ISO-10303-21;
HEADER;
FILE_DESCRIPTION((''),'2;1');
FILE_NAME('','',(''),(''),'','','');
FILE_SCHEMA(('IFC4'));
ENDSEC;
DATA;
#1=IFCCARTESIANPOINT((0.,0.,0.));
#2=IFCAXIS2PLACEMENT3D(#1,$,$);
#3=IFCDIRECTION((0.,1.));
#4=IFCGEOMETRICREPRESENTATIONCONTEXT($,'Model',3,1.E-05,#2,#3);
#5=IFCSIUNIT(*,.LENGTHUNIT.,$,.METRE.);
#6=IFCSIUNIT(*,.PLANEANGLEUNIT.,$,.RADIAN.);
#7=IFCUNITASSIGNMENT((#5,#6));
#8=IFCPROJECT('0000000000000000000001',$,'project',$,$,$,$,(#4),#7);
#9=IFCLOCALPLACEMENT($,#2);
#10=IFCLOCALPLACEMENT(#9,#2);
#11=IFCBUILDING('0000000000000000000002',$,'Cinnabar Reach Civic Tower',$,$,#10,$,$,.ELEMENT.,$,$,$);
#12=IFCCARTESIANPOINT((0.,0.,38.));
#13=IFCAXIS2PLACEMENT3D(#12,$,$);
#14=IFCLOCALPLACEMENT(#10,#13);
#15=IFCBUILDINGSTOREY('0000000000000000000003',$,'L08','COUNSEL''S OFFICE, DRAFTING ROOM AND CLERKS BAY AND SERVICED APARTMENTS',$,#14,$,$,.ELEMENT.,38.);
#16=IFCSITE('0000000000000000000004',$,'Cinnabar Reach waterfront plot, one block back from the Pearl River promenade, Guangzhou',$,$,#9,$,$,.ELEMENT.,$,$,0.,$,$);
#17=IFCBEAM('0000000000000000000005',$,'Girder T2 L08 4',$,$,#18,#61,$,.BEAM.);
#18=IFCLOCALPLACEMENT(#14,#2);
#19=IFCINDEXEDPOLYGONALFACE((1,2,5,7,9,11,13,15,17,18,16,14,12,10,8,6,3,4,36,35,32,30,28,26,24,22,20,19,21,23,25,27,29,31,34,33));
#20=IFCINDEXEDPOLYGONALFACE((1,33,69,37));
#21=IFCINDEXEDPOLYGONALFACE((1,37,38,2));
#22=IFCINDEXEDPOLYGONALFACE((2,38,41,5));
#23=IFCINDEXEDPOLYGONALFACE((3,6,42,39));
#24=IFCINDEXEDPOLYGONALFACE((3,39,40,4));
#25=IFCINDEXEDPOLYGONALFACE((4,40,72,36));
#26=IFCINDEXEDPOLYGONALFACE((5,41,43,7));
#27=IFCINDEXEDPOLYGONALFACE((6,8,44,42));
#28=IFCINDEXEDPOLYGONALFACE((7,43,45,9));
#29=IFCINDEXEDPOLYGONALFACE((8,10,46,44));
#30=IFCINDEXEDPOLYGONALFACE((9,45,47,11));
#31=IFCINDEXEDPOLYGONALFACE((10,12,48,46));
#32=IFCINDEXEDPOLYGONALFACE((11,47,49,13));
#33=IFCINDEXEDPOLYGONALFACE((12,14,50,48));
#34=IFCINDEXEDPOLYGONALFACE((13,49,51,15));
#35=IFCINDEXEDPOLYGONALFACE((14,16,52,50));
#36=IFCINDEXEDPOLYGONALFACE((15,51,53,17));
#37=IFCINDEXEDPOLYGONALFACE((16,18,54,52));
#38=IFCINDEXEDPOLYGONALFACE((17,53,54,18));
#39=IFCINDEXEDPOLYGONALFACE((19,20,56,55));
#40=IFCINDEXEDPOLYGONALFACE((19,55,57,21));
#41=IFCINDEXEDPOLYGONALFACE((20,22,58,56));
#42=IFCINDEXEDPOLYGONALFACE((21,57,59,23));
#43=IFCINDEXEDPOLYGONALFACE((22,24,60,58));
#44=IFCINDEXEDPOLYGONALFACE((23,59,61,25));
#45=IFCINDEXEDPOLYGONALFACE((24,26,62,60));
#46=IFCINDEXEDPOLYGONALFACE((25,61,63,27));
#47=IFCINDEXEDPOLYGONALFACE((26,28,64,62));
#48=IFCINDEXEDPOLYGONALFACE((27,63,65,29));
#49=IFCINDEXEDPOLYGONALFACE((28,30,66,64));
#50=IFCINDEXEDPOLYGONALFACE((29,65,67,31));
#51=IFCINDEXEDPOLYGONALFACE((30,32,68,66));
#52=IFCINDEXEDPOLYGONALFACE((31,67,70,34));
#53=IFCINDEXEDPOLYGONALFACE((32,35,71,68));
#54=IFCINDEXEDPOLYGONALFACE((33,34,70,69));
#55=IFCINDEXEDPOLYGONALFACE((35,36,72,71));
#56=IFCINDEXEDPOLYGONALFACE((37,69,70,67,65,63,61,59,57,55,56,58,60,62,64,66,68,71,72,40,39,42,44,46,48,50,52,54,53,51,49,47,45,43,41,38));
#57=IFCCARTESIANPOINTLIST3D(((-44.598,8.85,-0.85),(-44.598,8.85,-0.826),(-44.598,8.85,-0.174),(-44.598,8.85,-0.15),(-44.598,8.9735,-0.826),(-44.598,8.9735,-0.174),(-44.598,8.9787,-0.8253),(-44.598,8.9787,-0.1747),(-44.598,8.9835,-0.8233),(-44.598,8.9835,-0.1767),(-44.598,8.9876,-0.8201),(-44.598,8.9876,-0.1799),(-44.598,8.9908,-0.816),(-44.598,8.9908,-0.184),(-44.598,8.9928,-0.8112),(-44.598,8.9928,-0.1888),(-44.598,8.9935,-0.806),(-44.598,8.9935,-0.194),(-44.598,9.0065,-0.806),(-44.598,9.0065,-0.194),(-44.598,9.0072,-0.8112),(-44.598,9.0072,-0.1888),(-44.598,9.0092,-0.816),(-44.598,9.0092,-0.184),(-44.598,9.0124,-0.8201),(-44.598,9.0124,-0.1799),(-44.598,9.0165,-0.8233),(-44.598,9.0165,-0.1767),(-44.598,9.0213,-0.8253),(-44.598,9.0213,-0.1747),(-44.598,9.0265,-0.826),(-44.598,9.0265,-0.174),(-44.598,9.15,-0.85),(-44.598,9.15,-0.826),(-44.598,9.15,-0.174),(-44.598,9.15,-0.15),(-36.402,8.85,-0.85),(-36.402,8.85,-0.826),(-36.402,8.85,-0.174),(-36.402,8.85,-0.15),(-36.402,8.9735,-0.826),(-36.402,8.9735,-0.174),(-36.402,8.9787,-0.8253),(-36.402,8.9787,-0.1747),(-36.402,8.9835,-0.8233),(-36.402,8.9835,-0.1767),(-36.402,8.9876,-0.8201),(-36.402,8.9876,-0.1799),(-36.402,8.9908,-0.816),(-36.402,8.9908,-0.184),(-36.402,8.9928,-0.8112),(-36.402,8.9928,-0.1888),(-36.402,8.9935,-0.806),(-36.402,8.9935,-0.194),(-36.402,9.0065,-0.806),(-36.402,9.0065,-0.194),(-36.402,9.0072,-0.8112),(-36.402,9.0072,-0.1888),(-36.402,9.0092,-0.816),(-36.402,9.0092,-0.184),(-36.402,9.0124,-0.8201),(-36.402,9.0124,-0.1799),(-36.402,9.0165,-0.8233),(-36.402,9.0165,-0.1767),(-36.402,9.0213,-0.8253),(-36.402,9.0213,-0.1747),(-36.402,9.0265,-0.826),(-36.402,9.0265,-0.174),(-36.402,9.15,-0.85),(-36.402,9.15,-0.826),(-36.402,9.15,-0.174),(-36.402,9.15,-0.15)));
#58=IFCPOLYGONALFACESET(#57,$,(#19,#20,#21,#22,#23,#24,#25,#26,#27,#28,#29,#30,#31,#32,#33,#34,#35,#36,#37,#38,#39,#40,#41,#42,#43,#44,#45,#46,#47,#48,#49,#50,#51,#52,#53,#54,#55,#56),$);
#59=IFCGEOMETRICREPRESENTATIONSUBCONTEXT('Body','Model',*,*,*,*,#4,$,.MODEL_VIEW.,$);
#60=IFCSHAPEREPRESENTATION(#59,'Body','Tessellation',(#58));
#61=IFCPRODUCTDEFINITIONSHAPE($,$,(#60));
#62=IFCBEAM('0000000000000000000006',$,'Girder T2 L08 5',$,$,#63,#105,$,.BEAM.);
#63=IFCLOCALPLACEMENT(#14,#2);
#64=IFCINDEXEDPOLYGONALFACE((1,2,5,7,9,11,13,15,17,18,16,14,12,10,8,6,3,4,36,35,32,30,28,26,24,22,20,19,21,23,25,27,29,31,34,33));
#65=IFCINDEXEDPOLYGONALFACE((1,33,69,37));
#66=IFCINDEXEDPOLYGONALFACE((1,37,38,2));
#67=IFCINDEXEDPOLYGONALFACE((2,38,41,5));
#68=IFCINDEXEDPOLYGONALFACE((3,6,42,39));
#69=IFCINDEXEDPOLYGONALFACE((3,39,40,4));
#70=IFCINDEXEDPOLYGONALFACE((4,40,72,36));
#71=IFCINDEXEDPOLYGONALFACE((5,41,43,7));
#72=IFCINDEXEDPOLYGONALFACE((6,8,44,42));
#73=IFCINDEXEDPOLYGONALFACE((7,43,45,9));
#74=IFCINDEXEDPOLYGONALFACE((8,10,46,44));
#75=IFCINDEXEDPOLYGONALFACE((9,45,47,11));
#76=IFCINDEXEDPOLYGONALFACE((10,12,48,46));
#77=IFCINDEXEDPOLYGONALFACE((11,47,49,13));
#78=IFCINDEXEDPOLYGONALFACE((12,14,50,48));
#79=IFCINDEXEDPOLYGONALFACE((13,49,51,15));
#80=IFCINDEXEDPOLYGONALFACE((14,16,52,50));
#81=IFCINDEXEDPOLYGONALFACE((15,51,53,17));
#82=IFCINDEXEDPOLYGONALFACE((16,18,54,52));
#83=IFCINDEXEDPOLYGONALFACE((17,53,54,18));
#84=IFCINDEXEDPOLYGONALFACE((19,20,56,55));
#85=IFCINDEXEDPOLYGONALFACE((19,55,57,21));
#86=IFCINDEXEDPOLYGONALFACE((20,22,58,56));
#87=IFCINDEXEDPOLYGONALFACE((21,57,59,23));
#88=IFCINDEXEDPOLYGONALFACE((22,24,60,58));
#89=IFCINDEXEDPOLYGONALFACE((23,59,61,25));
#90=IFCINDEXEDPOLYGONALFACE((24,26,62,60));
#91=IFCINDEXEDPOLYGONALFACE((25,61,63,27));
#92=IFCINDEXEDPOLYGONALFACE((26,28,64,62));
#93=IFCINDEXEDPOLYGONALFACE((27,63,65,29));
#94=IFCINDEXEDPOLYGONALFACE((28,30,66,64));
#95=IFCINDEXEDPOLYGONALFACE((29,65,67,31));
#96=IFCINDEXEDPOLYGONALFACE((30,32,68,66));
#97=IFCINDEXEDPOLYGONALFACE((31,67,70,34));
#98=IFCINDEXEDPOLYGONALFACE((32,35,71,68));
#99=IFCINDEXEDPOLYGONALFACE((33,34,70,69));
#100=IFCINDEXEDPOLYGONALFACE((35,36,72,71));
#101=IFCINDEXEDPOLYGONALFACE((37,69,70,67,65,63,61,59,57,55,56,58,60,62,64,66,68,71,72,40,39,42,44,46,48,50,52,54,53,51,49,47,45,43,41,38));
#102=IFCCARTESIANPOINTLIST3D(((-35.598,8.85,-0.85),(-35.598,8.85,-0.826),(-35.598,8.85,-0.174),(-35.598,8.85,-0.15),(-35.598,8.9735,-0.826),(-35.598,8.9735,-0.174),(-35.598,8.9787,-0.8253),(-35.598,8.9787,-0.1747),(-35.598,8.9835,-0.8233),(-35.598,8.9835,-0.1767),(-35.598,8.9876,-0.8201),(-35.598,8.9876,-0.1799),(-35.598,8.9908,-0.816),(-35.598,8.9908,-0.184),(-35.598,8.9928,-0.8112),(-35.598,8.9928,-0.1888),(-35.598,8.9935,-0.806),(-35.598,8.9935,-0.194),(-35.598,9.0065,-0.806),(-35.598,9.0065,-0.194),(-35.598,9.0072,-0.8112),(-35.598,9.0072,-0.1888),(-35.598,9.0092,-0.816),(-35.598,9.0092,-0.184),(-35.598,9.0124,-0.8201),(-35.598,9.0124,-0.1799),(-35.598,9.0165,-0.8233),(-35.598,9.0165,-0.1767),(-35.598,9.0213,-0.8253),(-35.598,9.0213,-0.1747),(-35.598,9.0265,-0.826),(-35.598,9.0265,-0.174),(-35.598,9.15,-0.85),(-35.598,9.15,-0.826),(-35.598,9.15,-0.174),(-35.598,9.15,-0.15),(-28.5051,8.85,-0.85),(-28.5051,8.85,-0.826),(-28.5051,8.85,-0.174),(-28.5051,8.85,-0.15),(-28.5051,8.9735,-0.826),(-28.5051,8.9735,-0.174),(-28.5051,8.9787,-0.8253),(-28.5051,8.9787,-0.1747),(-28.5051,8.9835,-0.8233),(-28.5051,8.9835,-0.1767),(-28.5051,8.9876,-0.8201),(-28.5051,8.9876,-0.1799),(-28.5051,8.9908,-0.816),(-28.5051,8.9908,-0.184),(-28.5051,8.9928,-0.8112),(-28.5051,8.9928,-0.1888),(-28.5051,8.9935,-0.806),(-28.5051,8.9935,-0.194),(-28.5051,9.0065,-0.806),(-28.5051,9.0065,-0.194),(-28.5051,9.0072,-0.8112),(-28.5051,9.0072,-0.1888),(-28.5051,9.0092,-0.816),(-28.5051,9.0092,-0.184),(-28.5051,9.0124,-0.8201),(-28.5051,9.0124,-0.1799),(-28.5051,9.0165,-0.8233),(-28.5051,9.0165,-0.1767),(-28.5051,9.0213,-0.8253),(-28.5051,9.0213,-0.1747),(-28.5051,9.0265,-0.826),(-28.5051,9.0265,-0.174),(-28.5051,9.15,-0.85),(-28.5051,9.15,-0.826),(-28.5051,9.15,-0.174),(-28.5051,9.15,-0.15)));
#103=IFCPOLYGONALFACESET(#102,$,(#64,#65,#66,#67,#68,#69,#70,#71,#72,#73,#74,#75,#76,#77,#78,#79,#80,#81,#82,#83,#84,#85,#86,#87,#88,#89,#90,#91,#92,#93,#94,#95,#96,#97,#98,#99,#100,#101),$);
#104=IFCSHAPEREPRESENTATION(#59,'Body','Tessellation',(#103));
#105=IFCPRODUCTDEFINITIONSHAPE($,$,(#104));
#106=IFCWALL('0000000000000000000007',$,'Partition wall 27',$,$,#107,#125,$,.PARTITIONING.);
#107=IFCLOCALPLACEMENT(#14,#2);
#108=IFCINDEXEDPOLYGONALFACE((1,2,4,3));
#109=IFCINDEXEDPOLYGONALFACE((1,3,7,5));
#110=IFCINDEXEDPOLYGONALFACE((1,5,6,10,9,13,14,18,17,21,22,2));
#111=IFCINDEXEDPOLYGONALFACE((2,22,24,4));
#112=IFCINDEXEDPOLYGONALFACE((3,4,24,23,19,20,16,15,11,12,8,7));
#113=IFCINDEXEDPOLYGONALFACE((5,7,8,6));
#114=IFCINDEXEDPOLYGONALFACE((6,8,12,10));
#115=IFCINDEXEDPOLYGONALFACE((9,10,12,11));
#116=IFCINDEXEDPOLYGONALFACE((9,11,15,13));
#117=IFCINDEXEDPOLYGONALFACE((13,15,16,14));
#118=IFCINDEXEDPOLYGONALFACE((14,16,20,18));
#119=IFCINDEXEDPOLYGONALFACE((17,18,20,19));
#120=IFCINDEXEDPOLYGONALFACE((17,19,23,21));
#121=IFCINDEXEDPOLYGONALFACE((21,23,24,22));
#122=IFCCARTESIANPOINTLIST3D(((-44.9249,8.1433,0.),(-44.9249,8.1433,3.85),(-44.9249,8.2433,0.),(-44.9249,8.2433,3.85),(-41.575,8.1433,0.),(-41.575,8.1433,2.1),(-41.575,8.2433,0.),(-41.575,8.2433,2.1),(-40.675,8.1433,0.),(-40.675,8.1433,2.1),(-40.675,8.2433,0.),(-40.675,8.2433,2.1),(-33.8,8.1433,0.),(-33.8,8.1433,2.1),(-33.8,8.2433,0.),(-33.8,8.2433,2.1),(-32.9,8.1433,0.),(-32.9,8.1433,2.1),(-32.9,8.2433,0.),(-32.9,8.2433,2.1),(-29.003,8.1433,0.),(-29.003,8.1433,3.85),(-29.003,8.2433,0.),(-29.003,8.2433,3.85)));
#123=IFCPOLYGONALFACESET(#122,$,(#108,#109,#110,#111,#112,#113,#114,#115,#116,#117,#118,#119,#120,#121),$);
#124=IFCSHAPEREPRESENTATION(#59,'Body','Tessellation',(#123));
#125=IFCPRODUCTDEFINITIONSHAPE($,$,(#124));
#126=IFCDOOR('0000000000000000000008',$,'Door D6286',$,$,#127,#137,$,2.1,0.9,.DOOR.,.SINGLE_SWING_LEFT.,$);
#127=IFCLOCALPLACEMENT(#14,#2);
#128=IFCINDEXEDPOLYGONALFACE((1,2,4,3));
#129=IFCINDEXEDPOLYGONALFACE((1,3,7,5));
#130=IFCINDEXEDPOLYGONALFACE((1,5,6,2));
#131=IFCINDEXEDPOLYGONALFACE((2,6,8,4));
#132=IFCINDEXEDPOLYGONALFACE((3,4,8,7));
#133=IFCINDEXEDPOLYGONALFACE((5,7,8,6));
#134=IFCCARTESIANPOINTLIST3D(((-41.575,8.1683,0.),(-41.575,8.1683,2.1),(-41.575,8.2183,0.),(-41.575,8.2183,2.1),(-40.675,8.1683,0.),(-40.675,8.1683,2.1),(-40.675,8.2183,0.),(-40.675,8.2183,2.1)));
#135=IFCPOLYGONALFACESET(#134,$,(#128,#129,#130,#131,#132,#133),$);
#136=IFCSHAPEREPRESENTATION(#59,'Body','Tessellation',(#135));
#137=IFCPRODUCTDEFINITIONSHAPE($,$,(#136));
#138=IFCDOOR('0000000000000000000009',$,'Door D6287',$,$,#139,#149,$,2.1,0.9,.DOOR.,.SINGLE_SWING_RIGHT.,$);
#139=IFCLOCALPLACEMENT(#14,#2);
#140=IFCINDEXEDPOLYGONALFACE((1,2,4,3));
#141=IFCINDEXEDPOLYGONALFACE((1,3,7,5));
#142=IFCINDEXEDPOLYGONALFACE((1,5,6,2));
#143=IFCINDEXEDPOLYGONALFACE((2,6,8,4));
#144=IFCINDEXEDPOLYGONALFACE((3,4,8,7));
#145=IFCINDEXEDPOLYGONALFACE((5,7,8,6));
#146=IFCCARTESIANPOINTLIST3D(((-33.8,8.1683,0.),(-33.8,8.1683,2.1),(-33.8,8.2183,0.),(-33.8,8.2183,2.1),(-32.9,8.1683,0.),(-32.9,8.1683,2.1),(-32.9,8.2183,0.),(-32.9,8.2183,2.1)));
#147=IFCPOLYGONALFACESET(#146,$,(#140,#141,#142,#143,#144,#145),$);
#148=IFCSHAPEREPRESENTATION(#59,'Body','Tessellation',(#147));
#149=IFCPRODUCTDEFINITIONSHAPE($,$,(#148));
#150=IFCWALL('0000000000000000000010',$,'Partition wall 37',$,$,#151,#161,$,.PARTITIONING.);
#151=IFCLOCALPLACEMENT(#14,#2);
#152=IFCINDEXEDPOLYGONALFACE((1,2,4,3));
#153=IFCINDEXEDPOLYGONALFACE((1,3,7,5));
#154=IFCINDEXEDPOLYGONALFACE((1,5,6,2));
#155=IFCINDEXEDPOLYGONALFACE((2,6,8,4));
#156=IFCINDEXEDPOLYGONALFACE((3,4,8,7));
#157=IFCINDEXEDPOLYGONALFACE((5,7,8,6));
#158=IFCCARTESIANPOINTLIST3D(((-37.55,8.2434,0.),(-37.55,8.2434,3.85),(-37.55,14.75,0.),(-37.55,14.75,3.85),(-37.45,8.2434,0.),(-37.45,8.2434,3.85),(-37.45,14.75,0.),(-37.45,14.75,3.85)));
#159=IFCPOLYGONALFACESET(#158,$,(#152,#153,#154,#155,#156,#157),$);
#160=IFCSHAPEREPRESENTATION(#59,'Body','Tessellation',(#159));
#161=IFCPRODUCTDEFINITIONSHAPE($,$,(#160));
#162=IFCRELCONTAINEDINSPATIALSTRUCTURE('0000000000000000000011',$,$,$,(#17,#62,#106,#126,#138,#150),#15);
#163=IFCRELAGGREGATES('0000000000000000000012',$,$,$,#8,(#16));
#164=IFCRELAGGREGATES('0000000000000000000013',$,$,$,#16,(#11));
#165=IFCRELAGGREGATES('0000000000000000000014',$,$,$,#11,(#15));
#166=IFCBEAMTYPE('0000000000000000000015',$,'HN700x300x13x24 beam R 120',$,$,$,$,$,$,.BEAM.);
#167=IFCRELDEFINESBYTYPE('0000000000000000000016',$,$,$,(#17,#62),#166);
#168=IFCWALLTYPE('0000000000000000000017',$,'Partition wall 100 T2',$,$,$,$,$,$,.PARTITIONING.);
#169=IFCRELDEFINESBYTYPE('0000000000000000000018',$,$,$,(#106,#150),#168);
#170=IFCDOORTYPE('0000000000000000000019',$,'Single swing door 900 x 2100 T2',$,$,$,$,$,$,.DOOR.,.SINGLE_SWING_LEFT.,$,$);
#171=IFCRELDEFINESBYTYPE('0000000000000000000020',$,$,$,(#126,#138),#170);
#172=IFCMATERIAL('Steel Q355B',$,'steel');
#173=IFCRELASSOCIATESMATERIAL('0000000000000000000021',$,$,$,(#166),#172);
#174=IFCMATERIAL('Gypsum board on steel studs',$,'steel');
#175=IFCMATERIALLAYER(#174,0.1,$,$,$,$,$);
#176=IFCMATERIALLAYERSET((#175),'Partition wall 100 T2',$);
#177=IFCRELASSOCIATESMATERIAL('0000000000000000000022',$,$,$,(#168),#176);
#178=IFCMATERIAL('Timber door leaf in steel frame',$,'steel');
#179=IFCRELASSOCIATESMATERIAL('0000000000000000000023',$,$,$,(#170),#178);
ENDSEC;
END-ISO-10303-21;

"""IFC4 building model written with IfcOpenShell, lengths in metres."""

from ifc_helpers import new_model, si_unit, direction, frame, frame_2d, origin, origin_2d, place, context, subcontext, project, spatial, rectangle, i_section, extrude, material, layer, layer_set, material_profile, profile_set, type_object, element, fill, save


model = new_model("IFC4")

# Units and contexts
model_context = context("Model", 3, precision=1e-05, world=origin(), true_north=direction((0.0, 1.0)))
body_context = subcontext(model_context, "Body", "Model", "MODEL_VIEW")
ifc_project = project(units=[si_unit("LENGTHUNIT", "METRE"), si_unit("PLANEANGLEUNIT", "RADIAN")], contexts=[model_context])

# Site, building, storey
site_placement = place(None, origin())
site = spatial("IfcSite", under=ifc_project, at=site_placement, Name="Cinnabar Reach waterfront plot, one block back from the Pearl River promenade, Guangzhou", CompositionType="ELEMENT", RefElevation=0.0)
building_placement = place(site_placement, origin())
building = spatial("IfcBuilding", under=site, at=building_placement, Name="Cinnabar Reach Civic Tower", CompositionType="ELEMENT")
storey_placement = place(building_placement, frame((0.0, 0.0, 38.0)))
storey = spatial("IfcBuildingStorey", under=building, at=storey_placement, Name="L08", Description="COUNSEL'S OFFICE, DRAFTING ROOM AND CLERKS BAY AND SERVICED APARTMENTS", CompositionType="ELEMENT", Elevation=38.0)

# Beams
ifc_material_1 = material(Name="Steel Q355B", Category="steel")
ifc_material_profile_1 = material_profile(ifc_material_1, i_section(OverallWidth=0.3, OverallDepth=0.7, WebThickness=0.013, FlangeThickness=0.024, FilletRadius=0.02, at=origin_2d()), Name="HN700x300x13x24")
ifc_profile_set_1 = profile_set([ifc_material_profile_1], Name="Steel Q355B")
beam_type_1 = type_object("IfcBeamType", Name="HN700x300x13x24 beam R 120", PredefinedType="BEAM", material=ifc_profile_set_1)
beam_1_placement = place(storey_placement, frame((-44.598, 9.0, -0.5), z_axis=(1.0, 0.0, 0.0), x_axis=(0.0, 1.0, 0.0)))
element("IfcBeam", 1, at=beam_1_placement, inside=storey, type_object=beam_type_1, Name="Girder T2 L08 4", PredefinedType="BEAM", context=body_context, shape_type="SweptSolid", body=[
    extrude(i_section(OverallWidth=0.3, OverallDepth=0.7, WebThickness=0.013, FlangeThickness=0.024, FilletRadius=0.02, at=origin_2d()), origin(), (0.0, 0.0, 1.0), 8.196),
])
beam_2_placement = place(storey_placement, frame((-35.598, 9.0, -0.5), z_axis=(1.0, 0.0, 0.0), x_axis=(0.0, 1.0, 0.0)))
element("IfcBeam", 2, at=beam_2_placement, inside=storey, type_object=beam_type_1, Name="Girder T2 L08 5", PredefinedType="BEAM", context=body_context, shape_type="SweptSolid", body=[
    extrude(i_section(OverallWidth=0.3, OverallDepth=0.7, WebThickness=0.013, FlangeThickness=0.024, FilletRadius=0.02, at=origin_2d()), origin(), (0.0, 0.0, 1.0), 7.0929),
])

# Wall, openings, doors
ifc_material_2 = material(Name="Gypsum board on steel studs", Category="steel")
ifc_layer_1 = layer(ifc_material_2, 0.1)
ifc_layer_set_1 = layer_set([ifc_layer_1], Name="Partition wall 100 T2")
wall_type_1 = type_object("IfcWallType", Name="Partition wall 100 T2", PredefinedType="PARTITIONING", material=ifc_layer_set_1)
wall_1_placement = place(storey_placement, frame((-44.925, 8.1933, 0.0), z_axis=(0.0, 0.0, 1.0), x_axis=(1.0, 0.0, 0.0)))
wall_1 = element("IfcWall", 3, at=wall_1_placement, inside=storey, type_object=wall_type_1, Name="Partition wall 27", PredefinedType="PARTITIONING", context=body_context, shape_type="SweptSolid", body=[
    extrude(rectangle(XDim=15.9219, YDim=0.1, at=frame_2d((7.961, 0.0))), origin(), (0.0, 0.0, 1.0), 3.85),
])
opening_1_placement = place(wall_1_placement, frame((3.35, 0.0, 0.0)))
opening_1 = element("IfcOpeningElement", 4, at=opening_1_placement, cuts=wall_1, PredefinedType="OPENING", context=body_context, shape_type="SweptSolid", body=[
    extrude(rectangle(XDim=0.9, YDim=2.1, at=frame_2d((0.45, 1.05))), frame((0.0, 0.06, 0.0), z_axis=(0.0, -1.0, 0.0), x_axis=(1.0, 0.0, 0.0)), (0.0, 0.0, 1.0), 0.12),
])
opening_2_placement = place(wall_1_placement, frame((11.125, 0.0, 0.0)))
opening_2 = element("IfcOpeningElement", 5, at=opening_2_placement, cuts=wall_1, PredefinedType="OPENING", context=body_context, shape_type="SweptSolid", body=[
    extrude(rectangle(XDim=0.9, YDim=2.1, at=frame_2d((0.45, 1.05))), frame((0.0, 0.06, 0.0), z_axis=(0.0, -1.0, 0.0), x_axis=(1.0, 0.0, 0.0)), (0.0, 0.0, 1.0), 0.12),
])
ifc_material_3 = material(Name="Timber door leaf in steel frame", Category="steel")
door_type = type_object("IfcDoorType", Name="Single swing door 900 x 2100 T2", OperationType="SINGLE_SWING_LEFT", PredefinedType="DOOR", material=ifc_material_3)
door_1_placement = place(opening_1_placement, frame((0.9, 0.0, 0.0), z_axis=(0.0, 0.0, 1.0), x_axis=(-1.0, 0.0, 0.0)))
door_1 = element("IfcDoor", 6, at=door_1_placement, inside=storey, type_object=door_type, Name="Door D6286", OperationType="SINGLE_SWING_LEFT", OverallHeight=2.1, OverallWidth=0.9, PredefinedType="DOOR", context=body_context, shape_type="SweptSolid", body=[
    extrude(rectangle(XDim=0.9, YDim=2.1, at=frame_2d((0.45, 1.05))), frame((0.0, 0.025, 0.0), z_axis=(0.0, -1.0, 0.0), x_axis=(1.0, 0.0, 0.0)), (0.0, 0.0, 1.0), 0.05),
])
fill(opening_1, door_1)
door_2_placement = place(opening_2_placement, frame((0.9, 0.0, 0.0), z_axis=(0.0, 0.0, 1.0), x_axis=(-1.0, 0.0, 0.0)))
door_2 = element("IfcDoor", 7, at=door_2_placement, inside=storey, type_object=door_type, Name="Door D6287", OperationType="SINGLE_SWING_RIGHT", OverallHeight=2.1, OverallWidth=0.9, PredefinedType="DOOR", context=body_context, shape_type="SweptSolid", body=[
    extrude(rectangle(XDim=0.9, YDim=2.1, at=frame_2d((0.45, 1.05))), frame((0.0, 0.025, 0.0), z_axis=(0.0, -1.0, 0.0), x_axis=(1.0, 0.0, 0.0)), (0.0, 0.0, 1.0), 0.05),
])
fill(opening_2, door_2)

# Wall
wall_2_placement = place(storey_placement, frame((-37.5, 8.2433, 0.0), z_axis=(0.0, 0.0, 1.0), x_axis=(0.0, 1.0, 0.0)))
element("IfcWall", 8, at=wall_2_placement, inside=storey, type_object=wall_type_1, Name="Partition wall 37", PredefinedType="PARTITIONING", context=body_context, shape_type="SweptSolid", body=[
    extrude(rectangle(XDim=6.5067, YDim=0.1, at=frame_2d((3.2534, 0.0))), origin(), (0.0, 0.0, 1.0), 3.85),
])

save(model, "model.ifc")
